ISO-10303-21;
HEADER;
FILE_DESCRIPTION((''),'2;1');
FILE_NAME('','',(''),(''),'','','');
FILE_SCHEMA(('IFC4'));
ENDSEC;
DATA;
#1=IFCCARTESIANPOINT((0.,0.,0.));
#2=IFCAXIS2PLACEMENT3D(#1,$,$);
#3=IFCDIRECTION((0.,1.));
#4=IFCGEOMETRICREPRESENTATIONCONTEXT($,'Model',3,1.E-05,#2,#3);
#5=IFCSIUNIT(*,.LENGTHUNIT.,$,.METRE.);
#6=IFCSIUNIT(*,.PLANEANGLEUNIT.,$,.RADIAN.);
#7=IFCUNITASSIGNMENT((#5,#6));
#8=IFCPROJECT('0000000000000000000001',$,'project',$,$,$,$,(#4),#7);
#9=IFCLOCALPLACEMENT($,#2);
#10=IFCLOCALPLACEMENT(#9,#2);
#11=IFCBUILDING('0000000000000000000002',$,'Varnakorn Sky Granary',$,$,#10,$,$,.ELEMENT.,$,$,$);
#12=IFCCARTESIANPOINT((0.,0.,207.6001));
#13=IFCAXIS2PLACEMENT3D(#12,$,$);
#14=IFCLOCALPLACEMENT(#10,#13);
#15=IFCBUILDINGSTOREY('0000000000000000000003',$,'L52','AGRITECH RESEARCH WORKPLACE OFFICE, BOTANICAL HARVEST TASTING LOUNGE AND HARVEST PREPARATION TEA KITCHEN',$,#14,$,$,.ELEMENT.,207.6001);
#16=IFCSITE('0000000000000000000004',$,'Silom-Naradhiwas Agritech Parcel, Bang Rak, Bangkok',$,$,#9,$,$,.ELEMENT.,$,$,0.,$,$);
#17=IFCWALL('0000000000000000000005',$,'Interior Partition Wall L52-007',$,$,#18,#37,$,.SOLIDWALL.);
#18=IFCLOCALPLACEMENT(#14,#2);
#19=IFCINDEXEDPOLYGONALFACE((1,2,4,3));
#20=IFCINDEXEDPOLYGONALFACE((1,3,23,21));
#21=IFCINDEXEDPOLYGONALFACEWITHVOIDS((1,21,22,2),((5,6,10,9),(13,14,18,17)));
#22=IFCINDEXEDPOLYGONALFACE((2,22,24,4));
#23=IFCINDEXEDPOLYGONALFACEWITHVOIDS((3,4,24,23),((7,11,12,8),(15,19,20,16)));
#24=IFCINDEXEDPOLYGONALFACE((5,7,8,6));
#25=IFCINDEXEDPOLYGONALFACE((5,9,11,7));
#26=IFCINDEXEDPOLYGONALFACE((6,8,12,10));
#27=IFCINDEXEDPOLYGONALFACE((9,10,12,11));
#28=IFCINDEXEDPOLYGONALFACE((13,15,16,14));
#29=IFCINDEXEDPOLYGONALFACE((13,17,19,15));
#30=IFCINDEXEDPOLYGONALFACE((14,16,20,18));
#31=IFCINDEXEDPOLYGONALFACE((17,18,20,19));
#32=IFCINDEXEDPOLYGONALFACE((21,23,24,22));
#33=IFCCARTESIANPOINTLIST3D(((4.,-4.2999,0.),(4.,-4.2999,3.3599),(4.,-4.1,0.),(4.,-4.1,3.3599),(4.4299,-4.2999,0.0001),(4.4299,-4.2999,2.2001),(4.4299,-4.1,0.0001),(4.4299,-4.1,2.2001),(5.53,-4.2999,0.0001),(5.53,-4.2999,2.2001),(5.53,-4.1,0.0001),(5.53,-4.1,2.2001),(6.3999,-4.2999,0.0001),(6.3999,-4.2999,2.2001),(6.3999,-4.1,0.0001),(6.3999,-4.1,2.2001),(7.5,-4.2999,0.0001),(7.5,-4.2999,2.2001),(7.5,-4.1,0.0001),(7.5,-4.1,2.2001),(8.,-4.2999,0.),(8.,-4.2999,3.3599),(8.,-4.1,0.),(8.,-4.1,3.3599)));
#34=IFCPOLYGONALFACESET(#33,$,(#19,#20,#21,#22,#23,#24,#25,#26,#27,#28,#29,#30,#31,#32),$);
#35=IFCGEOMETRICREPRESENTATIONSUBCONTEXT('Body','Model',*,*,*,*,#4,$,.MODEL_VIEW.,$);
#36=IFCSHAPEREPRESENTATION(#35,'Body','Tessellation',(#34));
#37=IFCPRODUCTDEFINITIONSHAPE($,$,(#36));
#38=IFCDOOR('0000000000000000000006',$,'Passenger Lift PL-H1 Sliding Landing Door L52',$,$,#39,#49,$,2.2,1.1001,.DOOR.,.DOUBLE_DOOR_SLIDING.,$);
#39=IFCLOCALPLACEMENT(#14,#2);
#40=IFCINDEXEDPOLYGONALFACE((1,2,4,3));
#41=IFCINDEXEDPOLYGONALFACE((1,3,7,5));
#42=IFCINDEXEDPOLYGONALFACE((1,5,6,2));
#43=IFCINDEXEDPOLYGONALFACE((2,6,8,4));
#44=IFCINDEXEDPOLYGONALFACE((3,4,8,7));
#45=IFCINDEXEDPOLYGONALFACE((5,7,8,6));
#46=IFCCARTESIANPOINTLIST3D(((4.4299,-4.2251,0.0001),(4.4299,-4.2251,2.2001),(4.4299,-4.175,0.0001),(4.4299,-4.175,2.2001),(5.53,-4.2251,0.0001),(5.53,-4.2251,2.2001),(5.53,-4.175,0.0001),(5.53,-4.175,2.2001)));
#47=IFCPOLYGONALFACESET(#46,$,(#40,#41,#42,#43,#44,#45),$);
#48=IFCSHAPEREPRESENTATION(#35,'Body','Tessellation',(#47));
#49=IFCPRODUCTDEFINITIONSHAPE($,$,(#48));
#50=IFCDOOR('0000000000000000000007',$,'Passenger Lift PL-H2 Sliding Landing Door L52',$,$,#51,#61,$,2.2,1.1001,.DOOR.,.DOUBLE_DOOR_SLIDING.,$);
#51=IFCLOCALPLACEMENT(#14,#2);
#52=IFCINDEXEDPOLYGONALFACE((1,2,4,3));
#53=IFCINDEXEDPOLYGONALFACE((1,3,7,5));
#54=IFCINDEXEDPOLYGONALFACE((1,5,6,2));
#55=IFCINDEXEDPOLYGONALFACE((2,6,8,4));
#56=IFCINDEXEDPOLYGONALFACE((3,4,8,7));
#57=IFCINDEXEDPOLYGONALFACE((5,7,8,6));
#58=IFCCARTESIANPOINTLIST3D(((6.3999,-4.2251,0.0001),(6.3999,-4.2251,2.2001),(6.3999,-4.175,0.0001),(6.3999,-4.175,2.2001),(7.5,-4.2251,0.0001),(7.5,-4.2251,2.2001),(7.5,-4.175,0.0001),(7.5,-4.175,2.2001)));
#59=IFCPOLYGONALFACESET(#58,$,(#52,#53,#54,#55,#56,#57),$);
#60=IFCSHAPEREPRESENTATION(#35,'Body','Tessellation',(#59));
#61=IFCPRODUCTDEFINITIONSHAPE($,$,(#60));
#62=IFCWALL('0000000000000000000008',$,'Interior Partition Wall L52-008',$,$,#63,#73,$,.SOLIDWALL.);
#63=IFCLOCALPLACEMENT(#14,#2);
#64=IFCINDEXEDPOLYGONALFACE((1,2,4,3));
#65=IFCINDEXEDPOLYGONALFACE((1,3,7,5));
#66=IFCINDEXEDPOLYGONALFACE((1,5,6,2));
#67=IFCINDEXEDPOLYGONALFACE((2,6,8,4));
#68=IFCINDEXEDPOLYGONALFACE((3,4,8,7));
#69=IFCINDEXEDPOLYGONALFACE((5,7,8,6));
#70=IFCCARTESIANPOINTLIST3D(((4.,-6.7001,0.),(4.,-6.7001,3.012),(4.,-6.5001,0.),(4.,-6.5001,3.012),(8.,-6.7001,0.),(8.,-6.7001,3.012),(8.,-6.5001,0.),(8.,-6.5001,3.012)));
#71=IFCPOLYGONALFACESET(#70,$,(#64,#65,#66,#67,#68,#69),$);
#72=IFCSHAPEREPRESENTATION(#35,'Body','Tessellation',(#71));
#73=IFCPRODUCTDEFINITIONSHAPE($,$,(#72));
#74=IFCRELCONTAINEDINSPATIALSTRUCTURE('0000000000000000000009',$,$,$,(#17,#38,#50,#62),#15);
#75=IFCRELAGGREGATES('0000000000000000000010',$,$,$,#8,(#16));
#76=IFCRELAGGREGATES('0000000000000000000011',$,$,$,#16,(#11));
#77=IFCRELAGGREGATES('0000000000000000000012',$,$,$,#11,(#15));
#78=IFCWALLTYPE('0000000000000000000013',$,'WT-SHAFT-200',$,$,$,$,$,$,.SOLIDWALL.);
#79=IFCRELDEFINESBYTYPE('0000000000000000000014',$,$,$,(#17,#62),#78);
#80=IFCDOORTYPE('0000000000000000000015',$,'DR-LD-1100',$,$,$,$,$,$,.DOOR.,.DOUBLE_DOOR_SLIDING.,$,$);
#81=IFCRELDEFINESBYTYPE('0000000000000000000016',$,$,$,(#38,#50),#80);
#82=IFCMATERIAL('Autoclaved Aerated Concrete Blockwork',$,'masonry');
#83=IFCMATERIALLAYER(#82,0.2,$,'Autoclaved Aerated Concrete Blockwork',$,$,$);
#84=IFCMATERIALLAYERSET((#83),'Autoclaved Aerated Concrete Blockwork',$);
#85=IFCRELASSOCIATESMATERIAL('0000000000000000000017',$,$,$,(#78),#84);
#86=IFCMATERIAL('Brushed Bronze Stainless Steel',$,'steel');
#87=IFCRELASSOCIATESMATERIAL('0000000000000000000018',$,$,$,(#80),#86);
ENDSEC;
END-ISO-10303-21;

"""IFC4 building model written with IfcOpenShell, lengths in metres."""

from ifc_helpers import new_model, si_unit, direction, frame, frame_2d, origin, place, context, subcontext, project, spatial, rectangle, extrude, material, layer, layer_set, type_object, element, fill, save


model = new_model("IFC4")

# Units and contexts
model_context = context("Model", 3, precision=1e-05, world=origin(), true_north=direction((0.0, 1.0)))
body_context = subcontext(model_context, "Body", "Model", "MODEL_VIEW")
ifc_project = project(units=[si_unit("LENGTHUNIT", "METRE"), si_unit("PLANEANGLEUNIT", "RADIAN")], contexts=[model_context])

# Site, building, storey
site_placement = place(None, origin())
site = spatial("IfcSite", under=ifc_project, at=site_placement, Name="Silom-Naradhiwas Agritech Parcel, Bang Rak, Bangkok", CompositionType="ELEMENT", RefElevation=0.0)
building_placement = place(site_placement, origin())
building = spatial("IfcBuilding", under=site, at=building_placement, Name="Varnakorn Sky Granary", CompositionType="ELEMENT")
storey_placement = place(building_placement, frame((0.0, 0.0, 207.6001)))
storey = spatial("IfcBuildingStorey", under=building, at=storey_placement, Name="L52", Description="AGRITECH RESEARCH WORKPLACE OFFICE, BOTANICAL HARVEST TASTING LOUNGE AND HARVEST PREPARATION TEA KITCHEN", CompositionType="ELEMENT", Elevation=207.6001)

# Shared definitions
ifc_material_1 = material(Name="Autoclaved Aerated Concrete Blockwork", Category="masonry")

# Shared definitions
ifc_layer_1 = layer(ifc_material_1, 0.2, Name="Autoclaved Aerated Concrete Blockwork")
ifc_layer_set_1 = layer_set([ifc_layer_1], Name="Autoclaved Aerated Concrete Blockwork")
wall_type_1 = type_object("IfcWallType", Name="WT-SHAFT-200", PredefinedType="SOLIDWALL", material=ifc_layer_set_1)

# Wall, openings, doors
wall_1_placement = place(storey_placement, frame((4.0, -4.2, 0.0), z_axis=(0.0, 0.0, 1.0), x_axis=(1.0, 0.0, 0.0)))
wall_1 = element("IfcWall", 1, at=wall_1_placement, inside=storey, type_object=wall_type_1, Name="Interior Partition Wall L52-007", PredefinedType="SOLIDWALL", context=body_context, shape_type="SweptSolid", body=[
    extrude(rectangle(XDim=4.0, YDim=0.2, at=frame_2d((2.0, 0.0))), origin(), (0.0, 0.0, 1.0), 3.3599),
])
opening_1_placement = place(wall_1_placement, frame((0.4299, 0.0, 0.0)))
opening_1 = element("IfcOpeningElement", 2, at=opening_1_placement, cuts=wall_1, PredefinedType="OPENING", context=body_context, shape_type="SweptSolid", body=[
    extrude(rectangle(XDim=1.1001, YDim=2.2, at=frame_2d((0.55, 1.1001))), frame((0.0, 0.1099, 0.0), z_axis=(0.0, -1.0, 0.0), x_axis=(1.0, 0.0, 0.0)), (0.0, 0.0, 1.0), 0.22),
])
opening_2_placement = place(wall_1_placement, frame((2.3999, 0.0, 0.0)))
opening_2 = element("IfcOpeningElement", 3, at=opening_2_placement, cuts=wall_1, PredefinedType="OPENING", context=body_context, shape_type="SweptSolid", body=[
    extrude(rectangle(XDim=1.1001, YDim=2.2, at=frame_2d((0.55, 1.1001))), frame((0.0, 0.1099, 0.0), z_axis=(0.0, -1.0, 0.0), x_axis=(1.0, 0.0, 0.0)), (0.0, 0.0, 1.0), 0.22),
])
ifc_material_2 = material(Name="Brushed Bronze Stainless Steel", Category="steel")
door_type_1 = type_object("IfcDoorType", Name="DR-LD-1100", OperationType="DOUBLE_DOOR_SLIDING", PredefinedType="DOOR", material=ifc_material_2)
door_1_placement = place(opening_1_placement, origin())
door_1 = element("IfcDoor", 4, at=door_1_placement, inside=storey, type_object=door_type_1, Name="Passenger Lift PL-H1 Sliding Landing Door L52", OperationType="DOUBLE_DOOR_SLIDING", OverallHeight=2.2, OverallWidth=1.1001, PredefinedType="DOOR", context=body_context, shape_type="SweptSolid", body=[
    extrude(rectangle(XDim=1.1001, YDim=2.2, at=frame_2d((0.55, 1.1001))), frame((0.0, 0.0249, 0.0), z_axis=(0.0, -1.0, 0.0), x_axis=(1.0, 0.0, 0.0)), (0.0, 0.0, 1.0), 0.05),
])
fill(opening_1, door_1)
door_2_placement = place(opening_2_placement, origin())
door_2 = element("IfcDoor", 5, at=door_2_placement, inside=storey, type_object=door_type_1, Name="Passenger Lift PL-H2 Sliding Landing Door L52", OperationType="DOUBLE_DOOR_SLIDING", OverallHeight=2.2, OverallWidth=1.1001, PredefinedType="DOOR", context=body_context, shape_type="SweptSolid", body=[
    extrude(rectangle(XDim=1.1001, YDim=2.2, at=frame_2d((0.55, 1.1001))), frame((0.0, 0.0249, 0.0), z_axis=(0.0, -1.0, 0.0), x_axis=(1.0, 0.0, 0.0)), (0.0, 0.0, 1.0), 0.05),
])
fill(opening_2, door_2)

# Wall
wall_2_placement = place(storey_placement, frame((4.0, -6.6001, 0.0), z_axis=(0.0, 0.0, 1.0), x_axis=(1.0, 0.0, 0.0)))
element("IfcWall", 6, at=wall_2_placement, inside=storey, type_object=wall_type_1, Name="Interior Partition Wall L52-008", PredefinedType="SOLIDWALL", context=body_context, shape_type="SweptSolid", body=[
    extrude(rectangle(XDim=4.0, YDim=0.2, at=frame_2d((2.0, 0.0))), origin(), (0.0, 0.0, 1.0), 3.012),
])

save(model, "model.ifc")
